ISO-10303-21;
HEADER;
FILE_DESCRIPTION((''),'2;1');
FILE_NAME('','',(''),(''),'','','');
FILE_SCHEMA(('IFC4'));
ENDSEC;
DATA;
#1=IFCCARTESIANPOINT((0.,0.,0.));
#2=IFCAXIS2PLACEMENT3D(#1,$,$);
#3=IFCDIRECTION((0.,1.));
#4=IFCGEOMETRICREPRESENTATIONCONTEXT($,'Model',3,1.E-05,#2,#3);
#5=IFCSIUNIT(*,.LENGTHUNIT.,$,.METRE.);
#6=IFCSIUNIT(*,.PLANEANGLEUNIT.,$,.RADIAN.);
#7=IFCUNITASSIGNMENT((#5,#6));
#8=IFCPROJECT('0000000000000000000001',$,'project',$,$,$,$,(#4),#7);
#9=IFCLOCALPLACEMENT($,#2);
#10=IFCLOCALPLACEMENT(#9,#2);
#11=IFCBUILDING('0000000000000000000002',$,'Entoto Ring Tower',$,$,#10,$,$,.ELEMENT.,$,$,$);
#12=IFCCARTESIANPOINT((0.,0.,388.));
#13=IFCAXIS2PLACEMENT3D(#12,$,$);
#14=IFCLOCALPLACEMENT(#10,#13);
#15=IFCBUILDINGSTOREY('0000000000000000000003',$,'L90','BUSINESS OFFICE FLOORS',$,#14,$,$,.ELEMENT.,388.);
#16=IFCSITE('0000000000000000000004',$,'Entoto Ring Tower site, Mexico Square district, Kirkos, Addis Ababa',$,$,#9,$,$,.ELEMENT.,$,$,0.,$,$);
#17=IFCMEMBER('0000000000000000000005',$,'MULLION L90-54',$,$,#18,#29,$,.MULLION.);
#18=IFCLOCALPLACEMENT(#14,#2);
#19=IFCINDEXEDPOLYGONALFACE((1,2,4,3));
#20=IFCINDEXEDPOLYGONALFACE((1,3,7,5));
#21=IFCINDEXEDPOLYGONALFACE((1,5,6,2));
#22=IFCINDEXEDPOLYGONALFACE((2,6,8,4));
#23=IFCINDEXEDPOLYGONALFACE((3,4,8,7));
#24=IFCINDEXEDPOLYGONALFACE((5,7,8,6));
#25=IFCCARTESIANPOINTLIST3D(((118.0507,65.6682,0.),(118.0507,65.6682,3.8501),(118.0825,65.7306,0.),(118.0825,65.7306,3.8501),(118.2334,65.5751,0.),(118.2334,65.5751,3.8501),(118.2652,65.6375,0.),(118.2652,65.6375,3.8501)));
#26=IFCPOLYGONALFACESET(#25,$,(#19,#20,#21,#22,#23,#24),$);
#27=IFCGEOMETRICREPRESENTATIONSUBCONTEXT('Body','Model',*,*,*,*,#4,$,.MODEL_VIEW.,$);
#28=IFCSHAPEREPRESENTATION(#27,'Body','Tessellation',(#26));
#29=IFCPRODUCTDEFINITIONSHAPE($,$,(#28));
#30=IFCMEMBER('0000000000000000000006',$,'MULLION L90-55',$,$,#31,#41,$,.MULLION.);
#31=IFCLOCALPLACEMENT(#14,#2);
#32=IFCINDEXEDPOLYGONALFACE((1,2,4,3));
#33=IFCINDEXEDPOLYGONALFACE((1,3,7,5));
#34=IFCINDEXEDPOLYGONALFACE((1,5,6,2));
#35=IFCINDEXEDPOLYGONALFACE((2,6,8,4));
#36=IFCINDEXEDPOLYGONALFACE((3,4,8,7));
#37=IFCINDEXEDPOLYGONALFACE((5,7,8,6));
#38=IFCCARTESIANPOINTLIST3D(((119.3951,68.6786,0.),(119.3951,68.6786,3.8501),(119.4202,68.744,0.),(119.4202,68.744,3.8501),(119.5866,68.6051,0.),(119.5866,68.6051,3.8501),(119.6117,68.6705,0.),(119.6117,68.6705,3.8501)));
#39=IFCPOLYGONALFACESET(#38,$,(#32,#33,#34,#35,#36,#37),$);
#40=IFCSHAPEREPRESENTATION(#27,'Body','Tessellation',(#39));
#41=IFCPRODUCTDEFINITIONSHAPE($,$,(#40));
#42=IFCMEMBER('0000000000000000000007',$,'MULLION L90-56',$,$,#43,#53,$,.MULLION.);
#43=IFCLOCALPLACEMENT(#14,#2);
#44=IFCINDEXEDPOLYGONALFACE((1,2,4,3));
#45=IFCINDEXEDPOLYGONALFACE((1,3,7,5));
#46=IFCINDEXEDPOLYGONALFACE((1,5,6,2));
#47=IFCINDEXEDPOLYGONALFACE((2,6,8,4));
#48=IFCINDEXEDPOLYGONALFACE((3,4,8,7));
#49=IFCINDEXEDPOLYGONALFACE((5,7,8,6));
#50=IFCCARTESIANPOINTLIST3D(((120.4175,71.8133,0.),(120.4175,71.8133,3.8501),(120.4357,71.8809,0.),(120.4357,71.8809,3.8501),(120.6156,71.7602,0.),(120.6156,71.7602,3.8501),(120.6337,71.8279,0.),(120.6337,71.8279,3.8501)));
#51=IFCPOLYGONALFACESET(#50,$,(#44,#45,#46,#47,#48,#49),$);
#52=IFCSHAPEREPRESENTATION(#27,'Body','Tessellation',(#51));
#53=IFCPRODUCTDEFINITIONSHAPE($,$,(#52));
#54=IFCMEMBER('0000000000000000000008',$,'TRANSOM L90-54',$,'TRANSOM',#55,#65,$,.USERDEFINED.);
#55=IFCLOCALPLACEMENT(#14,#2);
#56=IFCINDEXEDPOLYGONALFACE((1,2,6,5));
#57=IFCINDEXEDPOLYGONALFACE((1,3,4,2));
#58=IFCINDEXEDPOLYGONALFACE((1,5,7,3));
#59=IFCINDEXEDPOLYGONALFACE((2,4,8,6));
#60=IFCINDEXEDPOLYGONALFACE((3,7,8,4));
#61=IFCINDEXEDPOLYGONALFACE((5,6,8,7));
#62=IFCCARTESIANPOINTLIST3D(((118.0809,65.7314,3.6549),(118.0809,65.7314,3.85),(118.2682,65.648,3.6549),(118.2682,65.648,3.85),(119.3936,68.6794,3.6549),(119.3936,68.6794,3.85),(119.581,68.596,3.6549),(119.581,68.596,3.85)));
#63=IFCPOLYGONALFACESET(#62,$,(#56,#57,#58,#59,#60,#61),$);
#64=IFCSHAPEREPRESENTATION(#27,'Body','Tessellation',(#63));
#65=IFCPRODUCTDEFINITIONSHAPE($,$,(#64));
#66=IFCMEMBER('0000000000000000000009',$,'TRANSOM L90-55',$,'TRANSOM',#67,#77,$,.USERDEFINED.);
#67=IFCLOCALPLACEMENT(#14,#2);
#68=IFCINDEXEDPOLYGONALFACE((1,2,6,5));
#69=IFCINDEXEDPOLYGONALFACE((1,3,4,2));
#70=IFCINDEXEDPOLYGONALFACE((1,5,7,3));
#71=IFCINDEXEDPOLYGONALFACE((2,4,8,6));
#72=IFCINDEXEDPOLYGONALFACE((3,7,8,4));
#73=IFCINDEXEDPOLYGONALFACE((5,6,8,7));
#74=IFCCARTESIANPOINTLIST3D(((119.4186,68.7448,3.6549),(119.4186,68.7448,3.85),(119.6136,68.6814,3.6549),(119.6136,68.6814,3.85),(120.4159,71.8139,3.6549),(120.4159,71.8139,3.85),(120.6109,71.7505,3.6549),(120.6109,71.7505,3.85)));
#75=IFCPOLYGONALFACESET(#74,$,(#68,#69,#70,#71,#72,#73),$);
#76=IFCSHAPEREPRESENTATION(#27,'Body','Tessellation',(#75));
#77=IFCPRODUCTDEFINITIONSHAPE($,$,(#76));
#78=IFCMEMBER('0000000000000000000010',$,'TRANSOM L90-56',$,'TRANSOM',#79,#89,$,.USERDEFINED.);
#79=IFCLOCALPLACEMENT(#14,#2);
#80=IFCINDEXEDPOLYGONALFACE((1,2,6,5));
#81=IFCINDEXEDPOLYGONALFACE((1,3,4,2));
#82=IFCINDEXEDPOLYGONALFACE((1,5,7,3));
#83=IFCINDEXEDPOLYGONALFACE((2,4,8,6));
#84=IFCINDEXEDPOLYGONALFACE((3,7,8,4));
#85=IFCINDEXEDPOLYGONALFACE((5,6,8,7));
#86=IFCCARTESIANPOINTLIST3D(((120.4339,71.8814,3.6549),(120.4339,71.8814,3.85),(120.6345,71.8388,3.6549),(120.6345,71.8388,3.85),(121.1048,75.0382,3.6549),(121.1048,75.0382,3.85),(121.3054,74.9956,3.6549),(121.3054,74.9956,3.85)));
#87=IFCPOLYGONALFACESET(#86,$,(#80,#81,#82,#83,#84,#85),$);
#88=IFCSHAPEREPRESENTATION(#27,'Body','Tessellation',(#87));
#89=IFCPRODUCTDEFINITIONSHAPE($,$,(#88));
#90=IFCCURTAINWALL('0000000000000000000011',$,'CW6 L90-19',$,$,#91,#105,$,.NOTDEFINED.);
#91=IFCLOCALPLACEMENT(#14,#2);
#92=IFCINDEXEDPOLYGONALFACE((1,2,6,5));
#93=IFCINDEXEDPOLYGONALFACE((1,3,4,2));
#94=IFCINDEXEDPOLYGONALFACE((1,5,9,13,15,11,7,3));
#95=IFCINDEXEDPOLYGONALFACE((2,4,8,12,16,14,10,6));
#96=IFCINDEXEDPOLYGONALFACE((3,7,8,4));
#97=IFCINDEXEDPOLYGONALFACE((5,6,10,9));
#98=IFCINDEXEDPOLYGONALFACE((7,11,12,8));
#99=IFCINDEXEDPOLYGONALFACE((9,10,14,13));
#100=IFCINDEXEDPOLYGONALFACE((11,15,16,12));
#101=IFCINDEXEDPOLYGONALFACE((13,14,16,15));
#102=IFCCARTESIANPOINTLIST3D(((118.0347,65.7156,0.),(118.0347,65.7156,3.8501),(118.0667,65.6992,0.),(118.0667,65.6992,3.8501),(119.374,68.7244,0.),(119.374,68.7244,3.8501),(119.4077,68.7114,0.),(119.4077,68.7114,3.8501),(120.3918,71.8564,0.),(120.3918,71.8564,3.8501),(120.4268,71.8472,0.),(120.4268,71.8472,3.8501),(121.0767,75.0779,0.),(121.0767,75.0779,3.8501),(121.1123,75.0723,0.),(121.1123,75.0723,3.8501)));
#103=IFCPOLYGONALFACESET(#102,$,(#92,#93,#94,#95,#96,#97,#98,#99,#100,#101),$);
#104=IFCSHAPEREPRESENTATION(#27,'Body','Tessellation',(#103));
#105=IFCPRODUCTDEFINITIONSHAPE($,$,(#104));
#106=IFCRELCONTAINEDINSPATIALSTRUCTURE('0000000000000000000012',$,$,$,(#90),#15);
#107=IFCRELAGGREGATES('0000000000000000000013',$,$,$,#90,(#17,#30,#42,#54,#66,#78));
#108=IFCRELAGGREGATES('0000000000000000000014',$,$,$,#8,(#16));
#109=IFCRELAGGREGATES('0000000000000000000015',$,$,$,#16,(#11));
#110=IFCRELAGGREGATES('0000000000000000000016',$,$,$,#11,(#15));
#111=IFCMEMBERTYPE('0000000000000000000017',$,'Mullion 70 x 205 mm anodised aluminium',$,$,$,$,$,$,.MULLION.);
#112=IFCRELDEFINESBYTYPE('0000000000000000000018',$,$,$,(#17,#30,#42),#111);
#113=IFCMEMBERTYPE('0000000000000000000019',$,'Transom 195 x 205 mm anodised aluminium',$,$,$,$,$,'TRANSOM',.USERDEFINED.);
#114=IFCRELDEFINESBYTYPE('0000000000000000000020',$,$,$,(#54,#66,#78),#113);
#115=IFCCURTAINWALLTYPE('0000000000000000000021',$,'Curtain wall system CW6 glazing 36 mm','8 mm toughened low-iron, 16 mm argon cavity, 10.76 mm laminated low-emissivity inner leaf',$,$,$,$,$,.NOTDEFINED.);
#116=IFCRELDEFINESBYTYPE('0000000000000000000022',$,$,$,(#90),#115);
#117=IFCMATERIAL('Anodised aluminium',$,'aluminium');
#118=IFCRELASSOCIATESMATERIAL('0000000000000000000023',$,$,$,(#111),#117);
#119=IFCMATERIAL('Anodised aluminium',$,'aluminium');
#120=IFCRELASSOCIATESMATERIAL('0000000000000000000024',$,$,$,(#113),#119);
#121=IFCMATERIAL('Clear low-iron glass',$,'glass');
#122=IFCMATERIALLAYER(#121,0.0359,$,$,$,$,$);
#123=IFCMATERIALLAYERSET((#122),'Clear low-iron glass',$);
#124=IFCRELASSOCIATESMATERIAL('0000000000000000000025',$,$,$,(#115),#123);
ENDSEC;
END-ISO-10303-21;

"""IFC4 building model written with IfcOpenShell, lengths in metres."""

from ifc_helpers import new_model, si_unit, direction, frame, origin, origin_2d, place, context, subcontext, project, spatial, polyline, rectangle, outline, extrude, material, layer, layer_set, material_profile, profile_set, type_object, element, aggregate, save


model = new_model("IFC4")

# Units and contexts
model_context = context("Model", 3, precision=1e-05, world=origin(), true_north=direction((0.0, 1.0)))
body_context = subcontext(model_context, "Body", "Model", "MODEL_VIEW")
ifc_project = project(units=[si_unit("LENGTHUNIT", "METRE"), si_unit("PLANEANGLEUNIT", "RADIAN")], contexts=[model_context])

# Members
ifc_material_1 = material(Name="Anodised aluminium", Category="aluminium")
ifc_material_profile_1 = material_profile(ifc_material_1, rectangle(XDim=0.0701, YDim=0.2051, at=origin_2d()), Name="Mullion 70 x 205 mm anodised aluminium")
ifc_profile_set_1 = profile_set([ifc_material_profile_1], Name="Anodised aluminium")
member_type_1 = type_object("IfcMemberType", Name="Mullion 70 x 205 mm anodised aluminium", PredefinedType="MULLION", material=ifc_profile_set_1)
site_placement = place(None, origin())
building_placement = place(site_placement, origin())
storey_placement = place(building_placement, frame((0.0, 0.0, 388.0)))
member_1_placement = place(storey_placement, frame((118.158, 65.6528, 0.0), z_axis=(0.0, 0.0, 1.0), x_axis=(0.45399, 0.891007, 0.0)))
member_1 = element("IfcMember", 1, at=member_1_placement, type_object=member_type_1, Name="MULLION L90-54", PredefinedType="MULLION", context=body_context, shape_type="SweptSolid", body=[
    extrude(rectangle(XDim=0.0701, YDim=0.2051, at=origin_2d()), origin(), (0.0, 0.0, 1.0), 3.8501),
])
member_2_placement = place(storey_placement, frame((119.5034, 68.6746, 0.0), z_axis=(0.0, 0.0, 1.0), x_axis=(0.358368, 0.93358, 0.0)))
member_2 = element("IfcMember", 2, at=member_2_placement, type_object=member_type_1, Name="MULLION L90-55", PredefinedType="MULLION", context=body_context, shape_type="SweptSolid", body=[
    extrude(rectangle(XDim=0.0701, YDim=0.2051, at=origin_2d()), origin(), (0.0, 0.0, 1.0), 3.8501),
])
member_3_placement = place(storey_placement, frame((120.5256, 71.8206, 0.0), z_axis=(0.0, 0.0, 1.0), x_axis=(0.258819, 0.965926, 0.0)))
member_3 = element("IfcMember", 3, at=member_3_placement, type_object=member_type_1, Name="MULLION L90-56", PredefinedType="MULLION", context=body_context, shape_type="SweptSolid", body=[
    extrude(rectangle(XDim=0.0701, YDim=0.2051, at=origin_2d()), origin(), (0.0, 0.0, 1.0), 3.8501),
])
ifc_material_2 = material(Name="Anodised aluminium", Category="aluminium")
ifc_material_profile_2 = material_profile(ifc_material_2, rectangle(XDim=0.2051, YDim=0.1951, at=origin_2d()), Name="Transom 195 x 205 mm anodised aluminium")
ifc_profile_set_2 = profile_set([ifc_material_profile_2], Name="Anodised aluminium")
member_type_2 = type_object("IfcMemberType", Name="Transom 195 x 205 mm anodised aluminium", ElementType="TRANSOM", PredefinedType="USERDEFINED", material=ifc_profile_set_2)
member_4_placement = place(storey_placement, frame((118.1746, 65.6897, 3.7524), z_axis=(0.406791, 0.913521, 0.0), x_axis=(-0.913521, 0.406791, 0.0)))
member_4 = element("IfcMember", 4, at=member_4_placement, type_object=member_type_2, Name="TRANSOM L90-54", ObjectType="TRANSOM", PredefinedType="USERDEFINED", context=body_context, shape_type="SweptSolid", body=[
    extrude(rectangle(XDim=0.2051, YDim=0.1951, at=origin_2d()), origin(), (0.0, 0.0, 1.0), 3.2271),
])
member_5_placement = place(storey_placement, frame((119.5161, 68.7131, 3.7524), z_axis=(0.309047, 0.951047, 0.0), x_axis=(-0.951047, 0.309047, 0.0)))
member_5 = element("IfcMember", 5, at=member_5_placement, type_object=member_type_2, Name="TRANSOM L90-55", ObjectType="TRANSOM", PredefinedType="USERDEFINED", context=body_context, shape_type="SweptSolid", body=[
    extrude(rectangle(XDim=0.2051, YDim=0.1951, at=origin_2d()), origin(), (0.0, 0.0, 1.0), 3.2271),
])
member_6_placement = place(storey_placement, frame((120.5342, 71.8601, 3.7524), z_axis=(0.207886, 0.978153, 0.0), x_axis=(-0.978153, 0.207886, 0.0)))
member_6 = element("IfcMember", 6, at=member_6_placement, type_object=member_type_2, Name="TRANSOM L90-56", ObjectType="TRANSOM", PredefinedType="USERDEFINED", context=body_context, shape_type="SweptSolid", body=[
    extrude(rectangle(XDim=0.2051, YDim=0.1951, at=origin_2d()), origin(), (0.0, 0.0, 1.0), 3.2273),
])

# Site, building, storey
site = spatial("IfcSite", under=ifc_project, at=site_placement, Name="Entoto Ring Tower site, Mexico Square district, Kirkos, Addis Ababa", CompositionType="ELEMENT", RefElevation=0.0)
building = spatial("IfcBuilding", under=site, at=building_placement, Name="Entoto Ring Tower", CompositionType="ELEMENT")
storey = spatial("IfcBuildingStorey", under=building, at=storey_placement, Name="L90", Description="BUSINESS OFFICE FLOORS", CompositionType="ELEMENT", Elevation=388.0)

# Curtain wall
ifc_material_3 = material(Name="Clear low-iron glass", Category="glass")
ifc_layer = layer(ifc_material_3, 0.0359)
ifc_layer_set = layer_set([ifc_layer], Name="Clear low-iron glass")
curtain_wall_type = type_object("IfcCurtainWallType", Name="Curtain wall system CW6 glazing 36 mm", Description="8 mm toughened low-iron, 16 mm argon cavity, 10.76 mm laminated low-emissivity inner leaf", PredefinedType="NOTDEFINED", material=ifc_layer_set)
curtain_wall_1_placement = place(storey_placement, origin())
curtain_wall_1 = element("IfcCurtainWall", 7, at=curtain_wall_1_placement, inside=storey, type_object=curtain_wall_type, Name="CW6 L90-19", PredefinedType="NOTDEFINED", context=body_context, shape_type="SweptSolid", body=[
    extrude(outline(polyline([(118.0667, 65.6992), (119.4077, 68.7114), (120.4268, 71.8472), (121.1123, 75.0723), (121.0767, 75.0779), (120.3918, 71.8564), (119.374, 68.7244), (118.0347, 65.7156), (118.0667, 65.6992)])), origin(), (0.0, 0.0, 1.0), 3.8501),
])
aggregate(curtain_wall_1, [member_1, member_2, member_3, member_4, member_5, member_6])

save(model, "model.ifc")
